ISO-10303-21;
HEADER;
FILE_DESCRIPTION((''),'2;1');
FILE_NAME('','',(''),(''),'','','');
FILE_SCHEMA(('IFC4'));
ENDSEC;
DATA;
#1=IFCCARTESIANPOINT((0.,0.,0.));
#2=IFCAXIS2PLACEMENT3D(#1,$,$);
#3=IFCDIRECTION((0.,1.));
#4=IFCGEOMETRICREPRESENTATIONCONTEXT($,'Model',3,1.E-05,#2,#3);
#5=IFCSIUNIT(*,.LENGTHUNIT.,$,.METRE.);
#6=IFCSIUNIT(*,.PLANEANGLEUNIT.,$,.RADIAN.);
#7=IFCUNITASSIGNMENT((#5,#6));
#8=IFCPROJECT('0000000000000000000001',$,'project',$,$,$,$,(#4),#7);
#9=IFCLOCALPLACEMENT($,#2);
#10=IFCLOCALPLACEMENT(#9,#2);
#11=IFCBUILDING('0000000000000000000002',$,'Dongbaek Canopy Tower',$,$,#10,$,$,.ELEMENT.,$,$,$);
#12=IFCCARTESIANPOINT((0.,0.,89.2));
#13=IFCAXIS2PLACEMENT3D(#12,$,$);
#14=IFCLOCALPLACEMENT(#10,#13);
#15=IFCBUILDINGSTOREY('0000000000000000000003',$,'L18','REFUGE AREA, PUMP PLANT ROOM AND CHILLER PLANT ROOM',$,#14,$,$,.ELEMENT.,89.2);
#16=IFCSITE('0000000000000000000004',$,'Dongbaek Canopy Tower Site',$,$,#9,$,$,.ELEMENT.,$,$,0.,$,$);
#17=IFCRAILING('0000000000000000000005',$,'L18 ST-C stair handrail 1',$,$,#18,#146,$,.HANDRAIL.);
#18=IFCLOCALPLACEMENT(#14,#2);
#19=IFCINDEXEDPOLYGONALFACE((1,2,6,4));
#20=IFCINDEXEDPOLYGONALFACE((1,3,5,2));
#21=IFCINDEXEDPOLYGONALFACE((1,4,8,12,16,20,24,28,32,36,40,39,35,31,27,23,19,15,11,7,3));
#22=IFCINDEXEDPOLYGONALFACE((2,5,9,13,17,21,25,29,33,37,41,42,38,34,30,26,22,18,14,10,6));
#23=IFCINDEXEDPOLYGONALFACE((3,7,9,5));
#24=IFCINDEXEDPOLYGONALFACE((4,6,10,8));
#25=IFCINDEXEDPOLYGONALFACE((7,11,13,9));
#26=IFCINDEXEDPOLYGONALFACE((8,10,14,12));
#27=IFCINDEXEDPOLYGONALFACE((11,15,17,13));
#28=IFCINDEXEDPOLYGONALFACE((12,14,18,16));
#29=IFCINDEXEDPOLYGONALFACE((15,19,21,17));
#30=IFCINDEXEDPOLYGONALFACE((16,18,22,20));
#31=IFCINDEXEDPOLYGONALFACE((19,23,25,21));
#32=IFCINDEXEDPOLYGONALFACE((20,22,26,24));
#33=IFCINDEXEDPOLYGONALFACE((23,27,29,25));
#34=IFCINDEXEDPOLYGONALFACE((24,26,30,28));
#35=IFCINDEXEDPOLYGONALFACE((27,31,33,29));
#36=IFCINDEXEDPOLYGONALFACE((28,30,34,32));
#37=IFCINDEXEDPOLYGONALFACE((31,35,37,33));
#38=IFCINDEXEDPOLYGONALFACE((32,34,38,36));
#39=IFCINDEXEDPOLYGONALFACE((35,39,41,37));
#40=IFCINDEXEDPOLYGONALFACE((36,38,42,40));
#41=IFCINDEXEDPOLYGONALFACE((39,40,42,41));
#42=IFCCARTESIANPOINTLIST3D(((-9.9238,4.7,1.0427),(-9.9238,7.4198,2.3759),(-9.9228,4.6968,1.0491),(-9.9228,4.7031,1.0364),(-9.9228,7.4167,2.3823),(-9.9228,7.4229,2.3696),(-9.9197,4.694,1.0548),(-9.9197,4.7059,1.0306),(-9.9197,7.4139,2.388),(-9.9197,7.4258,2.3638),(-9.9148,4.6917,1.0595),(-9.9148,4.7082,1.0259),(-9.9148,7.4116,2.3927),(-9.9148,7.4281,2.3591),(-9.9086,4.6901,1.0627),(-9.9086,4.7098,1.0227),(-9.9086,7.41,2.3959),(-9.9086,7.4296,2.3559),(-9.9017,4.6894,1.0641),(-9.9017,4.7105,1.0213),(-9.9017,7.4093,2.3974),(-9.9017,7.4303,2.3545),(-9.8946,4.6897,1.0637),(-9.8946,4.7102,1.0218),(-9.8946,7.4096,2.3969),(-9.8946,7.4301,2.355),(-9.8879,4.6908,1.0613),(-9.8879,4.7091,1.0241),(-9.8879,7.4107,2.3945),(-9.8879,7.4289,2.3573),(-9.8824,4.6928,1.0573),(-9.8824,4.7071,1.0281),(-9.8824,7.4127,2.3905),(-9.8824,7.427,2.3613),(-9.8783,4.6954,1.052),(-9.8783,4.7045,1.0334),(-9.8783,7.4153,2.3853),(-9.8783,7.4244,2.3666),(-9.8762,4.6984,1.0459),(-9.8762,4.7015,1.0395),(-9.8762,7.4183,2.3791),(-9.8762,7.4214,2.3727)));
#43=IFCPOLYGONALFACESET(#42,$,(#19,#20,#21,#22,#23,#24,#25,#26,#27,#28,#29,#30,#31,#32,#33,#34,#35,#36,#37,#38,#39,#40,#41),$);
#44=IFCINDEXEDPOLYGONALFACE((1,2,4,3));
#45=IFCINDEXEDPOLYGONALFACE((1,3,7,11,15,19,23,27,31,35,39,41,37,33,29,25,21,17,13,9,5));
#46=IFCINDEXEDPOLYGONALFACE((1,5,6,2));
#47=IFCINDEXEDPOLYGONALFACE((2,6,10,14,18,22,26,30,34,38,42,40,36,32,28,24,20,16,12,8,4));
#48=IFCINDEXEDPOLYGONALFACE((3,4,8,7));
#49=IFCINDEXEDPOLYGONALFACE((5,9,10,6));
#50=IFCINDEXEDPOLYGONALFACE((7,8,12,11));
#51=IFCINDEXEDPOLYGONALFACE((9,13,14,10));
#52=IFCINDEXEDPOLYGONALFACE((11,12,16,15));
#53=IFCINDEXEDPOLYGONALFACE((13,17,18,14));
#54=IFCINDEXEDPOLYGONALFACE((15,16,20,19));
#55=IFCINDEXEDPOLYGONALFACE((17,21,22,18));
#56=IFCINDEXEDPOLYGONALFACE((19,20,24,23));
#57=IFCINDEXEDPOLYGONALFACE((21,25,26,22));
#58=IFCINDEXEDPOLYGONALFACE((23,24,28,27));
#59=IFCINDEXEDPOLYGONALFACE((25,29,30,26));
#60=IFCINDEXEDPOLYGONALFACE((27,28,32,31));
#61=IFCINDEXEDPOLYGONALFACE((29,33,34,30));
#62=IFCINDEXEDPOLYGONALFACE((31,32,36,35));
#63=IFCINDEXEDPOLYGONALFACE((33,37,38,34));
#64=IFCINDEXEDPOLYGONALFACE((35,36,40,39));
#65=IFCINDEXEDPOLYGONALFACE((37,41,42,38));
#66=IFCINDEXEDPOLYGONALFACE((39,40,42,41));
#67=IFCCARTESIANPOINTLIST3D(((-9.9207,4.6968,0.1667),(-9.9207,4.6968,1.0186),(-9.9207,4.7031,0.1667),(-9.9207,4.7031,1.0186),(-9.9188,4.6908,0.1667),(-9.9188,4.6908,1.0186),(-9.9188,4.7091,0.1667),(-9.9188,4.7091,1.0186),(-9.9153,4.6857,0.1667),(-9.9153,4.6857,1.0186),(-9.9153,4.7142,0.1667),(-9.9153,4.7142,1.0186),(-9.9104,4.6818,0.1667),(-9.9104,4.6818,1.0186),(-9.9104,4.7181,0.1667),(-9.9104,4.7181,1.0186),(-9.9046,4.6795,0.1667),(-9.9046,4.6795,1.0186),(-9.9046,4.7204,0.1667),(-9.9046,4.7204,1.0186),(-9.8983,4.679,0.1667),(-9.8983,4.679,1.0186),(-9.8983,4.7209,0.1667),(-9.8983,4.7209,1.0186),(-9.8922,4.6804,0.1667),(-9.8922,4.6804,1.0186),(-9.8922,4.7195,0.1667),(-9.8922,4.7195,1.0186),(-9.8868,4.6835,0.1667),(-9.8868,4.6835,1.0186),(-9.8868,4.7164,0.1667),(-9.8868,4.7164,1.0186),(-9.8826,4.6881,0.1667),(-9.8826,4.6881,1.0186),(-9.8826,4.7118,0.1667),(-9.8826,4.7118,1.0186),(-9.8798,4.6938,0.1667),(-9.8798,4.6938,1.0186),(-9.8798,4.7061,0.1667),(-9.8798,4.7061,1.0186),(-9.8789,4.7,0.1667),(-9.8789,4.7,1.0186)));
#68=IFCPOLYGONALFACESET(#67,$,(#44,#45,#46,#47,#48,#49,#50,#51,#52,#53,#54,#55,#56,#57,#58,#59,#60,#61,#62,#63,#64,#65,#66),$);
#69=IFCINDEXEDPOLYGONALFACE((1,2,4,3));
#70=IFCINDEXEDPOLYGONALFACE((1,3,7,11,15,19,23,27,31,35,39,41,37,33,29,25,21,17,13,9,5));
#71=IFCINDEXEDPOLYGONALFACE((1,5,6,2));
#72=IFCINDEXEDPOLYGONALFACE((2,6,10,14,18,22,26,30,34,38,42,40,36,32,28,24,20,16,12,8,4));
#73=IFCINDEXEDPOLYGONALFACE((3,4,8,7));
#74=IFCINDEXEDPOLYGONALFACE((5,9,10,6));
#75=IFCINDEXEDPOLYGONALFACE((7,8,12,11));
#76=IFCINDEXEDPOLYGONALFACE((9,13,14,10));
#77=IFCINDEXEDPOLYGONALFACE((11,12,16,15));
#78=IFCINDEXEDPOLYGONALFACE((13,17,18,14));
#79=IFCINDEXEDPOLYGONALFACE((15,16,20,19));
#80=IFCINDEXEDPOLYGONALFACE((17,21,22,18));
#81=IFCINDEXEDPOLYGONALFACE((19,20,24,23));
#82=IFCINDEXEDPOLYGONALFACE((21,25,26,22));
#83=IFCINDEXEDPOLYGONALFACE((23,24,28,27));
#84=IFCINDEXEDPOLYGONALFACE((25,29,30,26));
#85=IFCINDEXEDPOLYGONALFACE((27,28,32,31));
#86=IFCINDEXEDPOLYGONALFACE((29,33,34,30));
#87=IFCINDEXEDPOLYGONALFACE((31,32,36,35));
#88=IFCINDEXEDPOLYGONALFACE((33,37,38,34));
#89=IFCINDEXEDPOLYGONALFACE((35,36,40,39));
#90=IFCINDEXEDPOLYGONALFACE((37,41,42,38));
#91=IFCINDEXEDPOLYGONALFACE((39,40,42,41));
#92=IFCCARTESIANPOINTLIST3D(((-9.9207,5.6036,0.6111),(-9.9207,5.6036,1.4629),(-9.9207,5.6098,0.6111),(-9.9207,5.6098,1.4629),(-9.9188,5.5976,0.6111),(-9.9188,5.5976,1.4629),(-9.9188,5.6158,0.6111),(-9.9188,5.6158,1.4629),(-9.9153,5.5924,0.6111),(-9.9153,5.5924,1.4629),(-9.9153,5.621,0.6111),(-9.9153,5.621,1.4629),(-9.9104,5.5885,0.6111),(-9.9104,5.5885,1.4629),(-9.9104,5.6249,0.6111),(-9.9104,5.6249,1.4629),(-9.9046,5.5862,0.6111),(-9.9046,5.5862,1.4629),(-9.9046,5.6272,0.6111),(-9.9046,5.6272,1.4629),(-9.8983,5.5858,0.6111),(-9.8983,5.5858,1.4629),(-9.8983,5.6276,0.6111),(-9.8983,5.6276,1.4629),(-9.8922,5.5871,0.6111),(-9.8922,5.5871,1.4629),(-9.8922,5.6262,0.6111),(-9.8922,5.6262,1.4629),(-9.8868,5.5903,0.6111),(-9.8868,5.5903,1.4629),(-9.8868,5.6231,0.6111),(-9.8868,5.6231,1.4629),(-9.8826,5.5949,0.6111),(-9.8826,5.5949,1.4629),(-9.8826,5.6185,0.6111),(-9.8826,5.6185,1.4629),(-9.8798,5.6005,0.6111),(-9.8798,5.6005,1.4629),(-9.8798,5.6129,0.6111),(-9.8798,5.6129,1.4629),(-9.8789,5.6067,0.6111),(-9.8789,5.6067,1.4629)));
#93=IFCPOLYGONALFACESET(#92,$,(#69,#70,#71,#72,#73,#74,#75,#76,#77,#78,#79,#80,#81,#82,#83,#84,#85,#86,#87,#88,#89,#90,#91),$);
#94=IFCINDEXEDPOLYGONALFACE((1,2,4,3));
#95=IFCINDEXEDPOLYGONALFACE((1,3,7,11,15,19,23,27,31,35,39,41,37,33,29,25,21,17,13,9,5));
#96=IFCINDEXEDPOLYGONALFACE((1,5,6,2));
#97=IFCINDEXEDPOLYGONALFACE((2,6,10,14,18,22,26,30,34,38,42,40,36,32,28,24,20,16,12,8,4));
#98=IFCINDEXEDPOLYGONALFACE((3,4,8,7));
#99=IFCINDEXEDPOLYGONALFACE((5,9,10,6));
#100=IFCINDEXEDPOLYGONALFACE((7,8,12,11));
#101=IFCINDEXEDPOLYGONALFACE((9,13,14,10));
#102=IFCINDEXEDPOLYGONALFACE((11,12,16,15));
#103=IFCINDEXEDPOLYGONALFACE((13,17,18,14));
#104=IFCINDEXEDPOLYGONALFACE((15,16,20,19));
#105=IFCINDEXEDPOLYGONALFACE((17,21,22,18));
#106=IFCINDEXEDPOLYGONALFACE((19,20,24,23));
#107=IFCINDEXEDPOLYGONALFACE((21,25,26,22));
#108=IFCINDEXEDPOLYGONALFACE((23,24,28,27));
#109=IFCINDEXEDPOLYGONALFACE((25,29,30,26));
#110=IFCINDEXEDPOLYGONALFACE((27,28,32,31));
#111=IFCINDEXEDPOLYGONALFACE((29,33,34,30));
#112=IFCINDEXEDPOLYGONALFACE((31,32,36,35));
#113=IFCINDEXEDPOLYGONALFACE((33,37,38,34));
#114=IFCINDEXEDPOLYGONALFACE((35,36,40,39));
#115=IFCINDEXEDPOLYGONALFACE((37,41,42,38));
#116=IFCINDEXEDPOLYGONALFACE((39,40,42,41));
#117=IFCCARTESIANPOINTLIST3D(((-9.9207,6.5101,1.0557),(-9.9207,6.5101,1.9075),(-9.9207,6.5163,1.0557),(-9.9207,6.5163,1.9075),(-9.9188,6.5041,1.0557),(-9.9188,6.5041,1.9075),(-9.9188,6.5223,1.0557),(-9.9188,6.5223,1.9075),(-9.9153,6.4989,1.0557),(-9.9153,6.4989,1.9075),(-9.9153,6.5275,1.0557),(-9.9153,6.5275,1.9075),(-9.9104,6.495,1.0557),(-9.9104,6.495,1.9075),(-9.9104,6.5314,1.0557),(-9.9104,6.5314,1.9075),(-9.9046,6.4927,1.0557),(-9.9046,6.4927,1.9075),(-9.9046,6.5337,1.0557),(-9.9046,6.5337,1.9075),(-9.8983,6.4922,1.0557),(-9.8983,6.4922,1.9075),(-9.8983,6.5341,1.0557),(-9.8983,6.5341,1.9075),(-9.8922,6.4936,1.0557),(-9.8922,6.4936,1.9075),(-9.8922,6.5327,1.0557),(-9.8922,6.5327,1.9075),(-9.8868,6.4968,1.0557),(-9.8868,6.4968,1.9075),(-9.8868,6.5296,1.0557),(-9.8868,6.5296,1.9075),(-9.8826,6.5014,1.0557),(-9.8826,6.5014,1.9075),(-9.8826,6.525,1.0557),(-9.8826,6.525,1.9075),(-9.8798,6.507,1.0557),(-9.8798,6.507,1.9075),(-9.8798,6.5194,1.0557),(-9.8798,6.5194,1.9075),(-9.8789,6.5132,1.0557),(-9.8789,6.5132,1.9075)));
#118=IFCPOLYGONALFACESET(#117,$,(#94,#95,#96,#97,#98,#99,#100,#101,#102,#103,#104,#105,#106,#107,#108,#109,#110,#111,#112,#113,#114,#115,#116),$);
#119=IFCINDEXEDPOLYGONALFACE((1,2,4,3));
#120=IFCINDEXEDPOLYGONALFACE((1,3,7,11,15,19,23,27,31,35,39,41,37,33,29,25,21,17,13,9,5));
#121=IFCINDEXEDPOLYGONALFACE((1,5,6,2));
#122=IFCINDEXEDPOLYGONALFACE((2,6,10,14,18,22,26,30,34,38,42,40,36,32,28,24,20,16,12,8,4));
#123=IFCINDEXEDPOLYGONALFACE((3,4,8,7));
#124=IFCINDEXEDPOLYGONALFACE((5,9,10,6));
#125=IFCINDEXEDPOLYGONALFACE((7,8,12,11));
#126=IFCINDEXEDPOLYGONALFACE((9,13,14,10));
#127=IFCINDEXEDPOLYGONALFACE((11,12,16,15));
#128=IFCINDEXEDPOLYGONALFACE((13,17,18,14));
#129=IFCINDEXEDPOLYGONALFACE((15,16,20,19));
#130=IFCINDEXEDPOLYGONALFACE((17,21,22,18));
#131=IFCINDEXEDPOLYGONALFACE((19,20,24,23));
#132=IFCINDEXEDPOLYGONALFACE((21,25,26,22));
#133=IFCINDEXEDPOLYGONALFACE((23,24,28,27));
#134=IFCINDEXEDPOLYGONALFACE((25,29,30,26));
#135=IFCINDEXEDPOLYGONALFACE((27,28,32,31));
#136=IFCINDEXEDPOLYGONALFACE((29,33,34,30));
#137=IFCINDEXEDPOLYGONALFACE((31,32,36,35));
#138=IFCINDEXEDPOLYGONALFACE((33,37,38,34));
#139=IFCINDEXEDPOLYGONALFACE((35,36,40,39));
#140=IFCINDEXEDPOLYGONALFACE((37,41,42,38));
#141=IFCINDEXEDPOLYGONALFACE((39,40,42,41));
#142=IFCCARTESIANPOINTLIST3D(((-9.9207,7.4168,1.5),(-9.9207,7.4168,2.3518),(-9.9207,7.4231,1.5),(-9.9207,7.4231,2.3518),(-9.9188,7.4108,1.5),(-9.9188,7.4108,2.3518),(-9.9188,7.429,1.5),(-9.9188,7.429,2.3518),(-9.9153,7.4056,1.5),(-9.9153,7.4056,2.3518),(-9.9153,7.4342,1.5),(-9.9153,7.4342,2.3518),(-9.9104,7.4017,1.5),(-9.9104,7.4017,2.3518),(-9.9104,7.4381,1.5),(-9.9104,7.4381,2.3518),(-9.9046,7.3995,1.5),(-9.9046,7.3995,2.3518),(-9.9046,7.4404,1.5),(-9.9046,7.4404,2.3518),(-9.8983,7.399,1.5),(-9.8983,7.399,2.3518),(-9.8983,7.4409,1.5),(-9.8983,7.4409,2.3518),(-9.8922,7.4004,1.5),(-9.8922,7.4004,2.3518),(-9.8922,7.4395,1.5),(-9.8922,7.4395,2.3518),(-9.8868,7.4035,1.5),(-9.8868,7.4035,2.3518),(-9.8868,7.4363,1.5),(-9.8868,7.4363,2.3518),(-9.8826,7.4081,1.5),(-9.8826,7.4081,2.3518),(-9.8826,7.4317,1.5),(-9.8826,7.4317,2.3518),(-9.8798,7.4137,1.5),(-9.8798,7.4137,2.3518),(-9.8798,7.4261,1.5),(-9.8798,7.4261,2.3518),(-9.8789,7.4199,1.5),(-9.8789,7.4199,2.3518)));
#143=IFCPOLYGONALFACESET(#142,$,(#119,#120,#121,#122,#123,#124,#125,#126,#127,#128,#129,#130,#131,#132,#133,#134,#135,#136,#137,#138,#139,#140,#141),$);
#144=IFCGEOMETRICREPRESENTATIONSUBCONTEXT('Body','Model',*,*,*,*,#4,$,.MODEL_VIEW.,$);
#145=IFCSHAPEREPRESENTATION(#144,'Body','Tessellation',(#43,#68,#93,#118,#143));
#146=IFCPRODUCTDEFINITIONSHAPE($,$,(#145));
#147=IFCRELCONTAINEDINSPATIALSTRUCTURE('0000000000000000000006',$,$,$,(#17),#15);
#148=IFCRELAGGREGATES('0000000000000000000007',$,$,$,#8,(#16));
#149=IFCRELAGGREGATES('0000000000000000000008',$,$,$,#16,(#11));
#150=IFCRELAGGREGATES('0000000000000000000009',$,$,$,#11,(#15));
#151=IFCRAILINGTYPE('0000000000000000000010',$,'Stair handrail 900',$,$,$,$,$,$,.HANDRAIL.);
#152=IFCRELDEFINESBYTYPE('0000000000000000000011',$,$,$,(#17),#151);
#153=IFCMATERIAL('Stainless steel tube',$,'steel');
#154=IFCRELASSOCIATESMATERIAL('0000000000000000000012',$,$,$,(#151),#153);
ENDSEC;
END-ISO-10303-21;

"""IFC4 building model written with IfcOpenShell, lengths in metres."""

from ifc_helpers import new_model, si_unit, direction, frame, origin, origin_2d, place, context, subcontext, project, spatial, circle, extrude, material, type_object, element, save


model = new_model("IFC4")

# Units and contexts
model_context = context("Model", 3, precision=1e-05, world=origin(), true_north=direction((0.0, 1.0)))
body_context = subcontext(model_context, "Body", "Model", "MODEL_VIEW")
ifc_project = project(units=[si_unit("LENGTHUNIT", "METRE"), si_unit("PLANEANGLEUNIT", "RADIAN")], contexts=[model_context])

# Site, building, storey
site_placement = place(None, origin())
site = spatial("IfcSite", under=ifc_project, at=site_placement, Name="Dongbaek Canopy Tower Site", CompositionType="ELEMENT", RefElevation=0.0)
building_placement = place(site_placement, origin())
building = spatial("IfcBuilding", under=site, at=building_placement, Name="Dongbaek Canopy Tower", CompositionType="ELEMENT")
storey_placement = place(building_placement, frame((0.0, 0.0, 89.2)))
storey = spatial("IfcBuildingStorey", under=building, at=storey_placement, Name="L18", Description="REFUGE AREA, PUMP PLANT ROOM AND CHILLER PLANT ROOM", CompositionType="ELEMENT", Elevation=89.2)

# Railing
ifc_material_1 = material(Name="Stainless steel tube", Category="steel")
railing_type_1 = type_object("IfcRailingType", Name="Stair handrail 900", PredefinedType="HANDRAIL", material=ifc_material_1)
railing_1_placement = place(storey_placement, frame((-9.8999, 4.7, 0.1667)))
element("IfcRailing", 1, at=railing_1_placement, inside=storey, type_object=railing_type_1, Name="L18 ST-C stair handrail 1", PredefinedType="HANDRAIL", context=body_context, shape_type="SweptSolid", body=[
    extrude(circle(Radius=0.0239, at=origin_2d()), frame((0.0, 0.0, 0.876), z_axis=(0.0, 0.897929, 0.440139), x_axis=(-1.0, 0.0, 0.0)), (0.0, 0.0, 1.0), 3.0291),
    extrude(circle(Radius=0.021, at=origin_2d()), origin(), (0.0, 0.0, 1.0), 0.8518),
    extrude(circle(Radius=0.021, at=origin_2d()), frame((0.0, 0.9067, 0.4443)), (0.0, 0.0, 1.0), 0.8518),
    extrude(circle(Radius=0.021, at=origin_2d()), frame((0.0, 1.8132, 0.8889)), (0.0, 0.0, 1.0), 0.8518),
    extrude(circle(Radius=0.021, at=origin_2d()), frame((0.0, 2.72, 1.3333)), (0.0, 0.0, 1.0), 0.8518),
])

save(model, "model.ifc")
